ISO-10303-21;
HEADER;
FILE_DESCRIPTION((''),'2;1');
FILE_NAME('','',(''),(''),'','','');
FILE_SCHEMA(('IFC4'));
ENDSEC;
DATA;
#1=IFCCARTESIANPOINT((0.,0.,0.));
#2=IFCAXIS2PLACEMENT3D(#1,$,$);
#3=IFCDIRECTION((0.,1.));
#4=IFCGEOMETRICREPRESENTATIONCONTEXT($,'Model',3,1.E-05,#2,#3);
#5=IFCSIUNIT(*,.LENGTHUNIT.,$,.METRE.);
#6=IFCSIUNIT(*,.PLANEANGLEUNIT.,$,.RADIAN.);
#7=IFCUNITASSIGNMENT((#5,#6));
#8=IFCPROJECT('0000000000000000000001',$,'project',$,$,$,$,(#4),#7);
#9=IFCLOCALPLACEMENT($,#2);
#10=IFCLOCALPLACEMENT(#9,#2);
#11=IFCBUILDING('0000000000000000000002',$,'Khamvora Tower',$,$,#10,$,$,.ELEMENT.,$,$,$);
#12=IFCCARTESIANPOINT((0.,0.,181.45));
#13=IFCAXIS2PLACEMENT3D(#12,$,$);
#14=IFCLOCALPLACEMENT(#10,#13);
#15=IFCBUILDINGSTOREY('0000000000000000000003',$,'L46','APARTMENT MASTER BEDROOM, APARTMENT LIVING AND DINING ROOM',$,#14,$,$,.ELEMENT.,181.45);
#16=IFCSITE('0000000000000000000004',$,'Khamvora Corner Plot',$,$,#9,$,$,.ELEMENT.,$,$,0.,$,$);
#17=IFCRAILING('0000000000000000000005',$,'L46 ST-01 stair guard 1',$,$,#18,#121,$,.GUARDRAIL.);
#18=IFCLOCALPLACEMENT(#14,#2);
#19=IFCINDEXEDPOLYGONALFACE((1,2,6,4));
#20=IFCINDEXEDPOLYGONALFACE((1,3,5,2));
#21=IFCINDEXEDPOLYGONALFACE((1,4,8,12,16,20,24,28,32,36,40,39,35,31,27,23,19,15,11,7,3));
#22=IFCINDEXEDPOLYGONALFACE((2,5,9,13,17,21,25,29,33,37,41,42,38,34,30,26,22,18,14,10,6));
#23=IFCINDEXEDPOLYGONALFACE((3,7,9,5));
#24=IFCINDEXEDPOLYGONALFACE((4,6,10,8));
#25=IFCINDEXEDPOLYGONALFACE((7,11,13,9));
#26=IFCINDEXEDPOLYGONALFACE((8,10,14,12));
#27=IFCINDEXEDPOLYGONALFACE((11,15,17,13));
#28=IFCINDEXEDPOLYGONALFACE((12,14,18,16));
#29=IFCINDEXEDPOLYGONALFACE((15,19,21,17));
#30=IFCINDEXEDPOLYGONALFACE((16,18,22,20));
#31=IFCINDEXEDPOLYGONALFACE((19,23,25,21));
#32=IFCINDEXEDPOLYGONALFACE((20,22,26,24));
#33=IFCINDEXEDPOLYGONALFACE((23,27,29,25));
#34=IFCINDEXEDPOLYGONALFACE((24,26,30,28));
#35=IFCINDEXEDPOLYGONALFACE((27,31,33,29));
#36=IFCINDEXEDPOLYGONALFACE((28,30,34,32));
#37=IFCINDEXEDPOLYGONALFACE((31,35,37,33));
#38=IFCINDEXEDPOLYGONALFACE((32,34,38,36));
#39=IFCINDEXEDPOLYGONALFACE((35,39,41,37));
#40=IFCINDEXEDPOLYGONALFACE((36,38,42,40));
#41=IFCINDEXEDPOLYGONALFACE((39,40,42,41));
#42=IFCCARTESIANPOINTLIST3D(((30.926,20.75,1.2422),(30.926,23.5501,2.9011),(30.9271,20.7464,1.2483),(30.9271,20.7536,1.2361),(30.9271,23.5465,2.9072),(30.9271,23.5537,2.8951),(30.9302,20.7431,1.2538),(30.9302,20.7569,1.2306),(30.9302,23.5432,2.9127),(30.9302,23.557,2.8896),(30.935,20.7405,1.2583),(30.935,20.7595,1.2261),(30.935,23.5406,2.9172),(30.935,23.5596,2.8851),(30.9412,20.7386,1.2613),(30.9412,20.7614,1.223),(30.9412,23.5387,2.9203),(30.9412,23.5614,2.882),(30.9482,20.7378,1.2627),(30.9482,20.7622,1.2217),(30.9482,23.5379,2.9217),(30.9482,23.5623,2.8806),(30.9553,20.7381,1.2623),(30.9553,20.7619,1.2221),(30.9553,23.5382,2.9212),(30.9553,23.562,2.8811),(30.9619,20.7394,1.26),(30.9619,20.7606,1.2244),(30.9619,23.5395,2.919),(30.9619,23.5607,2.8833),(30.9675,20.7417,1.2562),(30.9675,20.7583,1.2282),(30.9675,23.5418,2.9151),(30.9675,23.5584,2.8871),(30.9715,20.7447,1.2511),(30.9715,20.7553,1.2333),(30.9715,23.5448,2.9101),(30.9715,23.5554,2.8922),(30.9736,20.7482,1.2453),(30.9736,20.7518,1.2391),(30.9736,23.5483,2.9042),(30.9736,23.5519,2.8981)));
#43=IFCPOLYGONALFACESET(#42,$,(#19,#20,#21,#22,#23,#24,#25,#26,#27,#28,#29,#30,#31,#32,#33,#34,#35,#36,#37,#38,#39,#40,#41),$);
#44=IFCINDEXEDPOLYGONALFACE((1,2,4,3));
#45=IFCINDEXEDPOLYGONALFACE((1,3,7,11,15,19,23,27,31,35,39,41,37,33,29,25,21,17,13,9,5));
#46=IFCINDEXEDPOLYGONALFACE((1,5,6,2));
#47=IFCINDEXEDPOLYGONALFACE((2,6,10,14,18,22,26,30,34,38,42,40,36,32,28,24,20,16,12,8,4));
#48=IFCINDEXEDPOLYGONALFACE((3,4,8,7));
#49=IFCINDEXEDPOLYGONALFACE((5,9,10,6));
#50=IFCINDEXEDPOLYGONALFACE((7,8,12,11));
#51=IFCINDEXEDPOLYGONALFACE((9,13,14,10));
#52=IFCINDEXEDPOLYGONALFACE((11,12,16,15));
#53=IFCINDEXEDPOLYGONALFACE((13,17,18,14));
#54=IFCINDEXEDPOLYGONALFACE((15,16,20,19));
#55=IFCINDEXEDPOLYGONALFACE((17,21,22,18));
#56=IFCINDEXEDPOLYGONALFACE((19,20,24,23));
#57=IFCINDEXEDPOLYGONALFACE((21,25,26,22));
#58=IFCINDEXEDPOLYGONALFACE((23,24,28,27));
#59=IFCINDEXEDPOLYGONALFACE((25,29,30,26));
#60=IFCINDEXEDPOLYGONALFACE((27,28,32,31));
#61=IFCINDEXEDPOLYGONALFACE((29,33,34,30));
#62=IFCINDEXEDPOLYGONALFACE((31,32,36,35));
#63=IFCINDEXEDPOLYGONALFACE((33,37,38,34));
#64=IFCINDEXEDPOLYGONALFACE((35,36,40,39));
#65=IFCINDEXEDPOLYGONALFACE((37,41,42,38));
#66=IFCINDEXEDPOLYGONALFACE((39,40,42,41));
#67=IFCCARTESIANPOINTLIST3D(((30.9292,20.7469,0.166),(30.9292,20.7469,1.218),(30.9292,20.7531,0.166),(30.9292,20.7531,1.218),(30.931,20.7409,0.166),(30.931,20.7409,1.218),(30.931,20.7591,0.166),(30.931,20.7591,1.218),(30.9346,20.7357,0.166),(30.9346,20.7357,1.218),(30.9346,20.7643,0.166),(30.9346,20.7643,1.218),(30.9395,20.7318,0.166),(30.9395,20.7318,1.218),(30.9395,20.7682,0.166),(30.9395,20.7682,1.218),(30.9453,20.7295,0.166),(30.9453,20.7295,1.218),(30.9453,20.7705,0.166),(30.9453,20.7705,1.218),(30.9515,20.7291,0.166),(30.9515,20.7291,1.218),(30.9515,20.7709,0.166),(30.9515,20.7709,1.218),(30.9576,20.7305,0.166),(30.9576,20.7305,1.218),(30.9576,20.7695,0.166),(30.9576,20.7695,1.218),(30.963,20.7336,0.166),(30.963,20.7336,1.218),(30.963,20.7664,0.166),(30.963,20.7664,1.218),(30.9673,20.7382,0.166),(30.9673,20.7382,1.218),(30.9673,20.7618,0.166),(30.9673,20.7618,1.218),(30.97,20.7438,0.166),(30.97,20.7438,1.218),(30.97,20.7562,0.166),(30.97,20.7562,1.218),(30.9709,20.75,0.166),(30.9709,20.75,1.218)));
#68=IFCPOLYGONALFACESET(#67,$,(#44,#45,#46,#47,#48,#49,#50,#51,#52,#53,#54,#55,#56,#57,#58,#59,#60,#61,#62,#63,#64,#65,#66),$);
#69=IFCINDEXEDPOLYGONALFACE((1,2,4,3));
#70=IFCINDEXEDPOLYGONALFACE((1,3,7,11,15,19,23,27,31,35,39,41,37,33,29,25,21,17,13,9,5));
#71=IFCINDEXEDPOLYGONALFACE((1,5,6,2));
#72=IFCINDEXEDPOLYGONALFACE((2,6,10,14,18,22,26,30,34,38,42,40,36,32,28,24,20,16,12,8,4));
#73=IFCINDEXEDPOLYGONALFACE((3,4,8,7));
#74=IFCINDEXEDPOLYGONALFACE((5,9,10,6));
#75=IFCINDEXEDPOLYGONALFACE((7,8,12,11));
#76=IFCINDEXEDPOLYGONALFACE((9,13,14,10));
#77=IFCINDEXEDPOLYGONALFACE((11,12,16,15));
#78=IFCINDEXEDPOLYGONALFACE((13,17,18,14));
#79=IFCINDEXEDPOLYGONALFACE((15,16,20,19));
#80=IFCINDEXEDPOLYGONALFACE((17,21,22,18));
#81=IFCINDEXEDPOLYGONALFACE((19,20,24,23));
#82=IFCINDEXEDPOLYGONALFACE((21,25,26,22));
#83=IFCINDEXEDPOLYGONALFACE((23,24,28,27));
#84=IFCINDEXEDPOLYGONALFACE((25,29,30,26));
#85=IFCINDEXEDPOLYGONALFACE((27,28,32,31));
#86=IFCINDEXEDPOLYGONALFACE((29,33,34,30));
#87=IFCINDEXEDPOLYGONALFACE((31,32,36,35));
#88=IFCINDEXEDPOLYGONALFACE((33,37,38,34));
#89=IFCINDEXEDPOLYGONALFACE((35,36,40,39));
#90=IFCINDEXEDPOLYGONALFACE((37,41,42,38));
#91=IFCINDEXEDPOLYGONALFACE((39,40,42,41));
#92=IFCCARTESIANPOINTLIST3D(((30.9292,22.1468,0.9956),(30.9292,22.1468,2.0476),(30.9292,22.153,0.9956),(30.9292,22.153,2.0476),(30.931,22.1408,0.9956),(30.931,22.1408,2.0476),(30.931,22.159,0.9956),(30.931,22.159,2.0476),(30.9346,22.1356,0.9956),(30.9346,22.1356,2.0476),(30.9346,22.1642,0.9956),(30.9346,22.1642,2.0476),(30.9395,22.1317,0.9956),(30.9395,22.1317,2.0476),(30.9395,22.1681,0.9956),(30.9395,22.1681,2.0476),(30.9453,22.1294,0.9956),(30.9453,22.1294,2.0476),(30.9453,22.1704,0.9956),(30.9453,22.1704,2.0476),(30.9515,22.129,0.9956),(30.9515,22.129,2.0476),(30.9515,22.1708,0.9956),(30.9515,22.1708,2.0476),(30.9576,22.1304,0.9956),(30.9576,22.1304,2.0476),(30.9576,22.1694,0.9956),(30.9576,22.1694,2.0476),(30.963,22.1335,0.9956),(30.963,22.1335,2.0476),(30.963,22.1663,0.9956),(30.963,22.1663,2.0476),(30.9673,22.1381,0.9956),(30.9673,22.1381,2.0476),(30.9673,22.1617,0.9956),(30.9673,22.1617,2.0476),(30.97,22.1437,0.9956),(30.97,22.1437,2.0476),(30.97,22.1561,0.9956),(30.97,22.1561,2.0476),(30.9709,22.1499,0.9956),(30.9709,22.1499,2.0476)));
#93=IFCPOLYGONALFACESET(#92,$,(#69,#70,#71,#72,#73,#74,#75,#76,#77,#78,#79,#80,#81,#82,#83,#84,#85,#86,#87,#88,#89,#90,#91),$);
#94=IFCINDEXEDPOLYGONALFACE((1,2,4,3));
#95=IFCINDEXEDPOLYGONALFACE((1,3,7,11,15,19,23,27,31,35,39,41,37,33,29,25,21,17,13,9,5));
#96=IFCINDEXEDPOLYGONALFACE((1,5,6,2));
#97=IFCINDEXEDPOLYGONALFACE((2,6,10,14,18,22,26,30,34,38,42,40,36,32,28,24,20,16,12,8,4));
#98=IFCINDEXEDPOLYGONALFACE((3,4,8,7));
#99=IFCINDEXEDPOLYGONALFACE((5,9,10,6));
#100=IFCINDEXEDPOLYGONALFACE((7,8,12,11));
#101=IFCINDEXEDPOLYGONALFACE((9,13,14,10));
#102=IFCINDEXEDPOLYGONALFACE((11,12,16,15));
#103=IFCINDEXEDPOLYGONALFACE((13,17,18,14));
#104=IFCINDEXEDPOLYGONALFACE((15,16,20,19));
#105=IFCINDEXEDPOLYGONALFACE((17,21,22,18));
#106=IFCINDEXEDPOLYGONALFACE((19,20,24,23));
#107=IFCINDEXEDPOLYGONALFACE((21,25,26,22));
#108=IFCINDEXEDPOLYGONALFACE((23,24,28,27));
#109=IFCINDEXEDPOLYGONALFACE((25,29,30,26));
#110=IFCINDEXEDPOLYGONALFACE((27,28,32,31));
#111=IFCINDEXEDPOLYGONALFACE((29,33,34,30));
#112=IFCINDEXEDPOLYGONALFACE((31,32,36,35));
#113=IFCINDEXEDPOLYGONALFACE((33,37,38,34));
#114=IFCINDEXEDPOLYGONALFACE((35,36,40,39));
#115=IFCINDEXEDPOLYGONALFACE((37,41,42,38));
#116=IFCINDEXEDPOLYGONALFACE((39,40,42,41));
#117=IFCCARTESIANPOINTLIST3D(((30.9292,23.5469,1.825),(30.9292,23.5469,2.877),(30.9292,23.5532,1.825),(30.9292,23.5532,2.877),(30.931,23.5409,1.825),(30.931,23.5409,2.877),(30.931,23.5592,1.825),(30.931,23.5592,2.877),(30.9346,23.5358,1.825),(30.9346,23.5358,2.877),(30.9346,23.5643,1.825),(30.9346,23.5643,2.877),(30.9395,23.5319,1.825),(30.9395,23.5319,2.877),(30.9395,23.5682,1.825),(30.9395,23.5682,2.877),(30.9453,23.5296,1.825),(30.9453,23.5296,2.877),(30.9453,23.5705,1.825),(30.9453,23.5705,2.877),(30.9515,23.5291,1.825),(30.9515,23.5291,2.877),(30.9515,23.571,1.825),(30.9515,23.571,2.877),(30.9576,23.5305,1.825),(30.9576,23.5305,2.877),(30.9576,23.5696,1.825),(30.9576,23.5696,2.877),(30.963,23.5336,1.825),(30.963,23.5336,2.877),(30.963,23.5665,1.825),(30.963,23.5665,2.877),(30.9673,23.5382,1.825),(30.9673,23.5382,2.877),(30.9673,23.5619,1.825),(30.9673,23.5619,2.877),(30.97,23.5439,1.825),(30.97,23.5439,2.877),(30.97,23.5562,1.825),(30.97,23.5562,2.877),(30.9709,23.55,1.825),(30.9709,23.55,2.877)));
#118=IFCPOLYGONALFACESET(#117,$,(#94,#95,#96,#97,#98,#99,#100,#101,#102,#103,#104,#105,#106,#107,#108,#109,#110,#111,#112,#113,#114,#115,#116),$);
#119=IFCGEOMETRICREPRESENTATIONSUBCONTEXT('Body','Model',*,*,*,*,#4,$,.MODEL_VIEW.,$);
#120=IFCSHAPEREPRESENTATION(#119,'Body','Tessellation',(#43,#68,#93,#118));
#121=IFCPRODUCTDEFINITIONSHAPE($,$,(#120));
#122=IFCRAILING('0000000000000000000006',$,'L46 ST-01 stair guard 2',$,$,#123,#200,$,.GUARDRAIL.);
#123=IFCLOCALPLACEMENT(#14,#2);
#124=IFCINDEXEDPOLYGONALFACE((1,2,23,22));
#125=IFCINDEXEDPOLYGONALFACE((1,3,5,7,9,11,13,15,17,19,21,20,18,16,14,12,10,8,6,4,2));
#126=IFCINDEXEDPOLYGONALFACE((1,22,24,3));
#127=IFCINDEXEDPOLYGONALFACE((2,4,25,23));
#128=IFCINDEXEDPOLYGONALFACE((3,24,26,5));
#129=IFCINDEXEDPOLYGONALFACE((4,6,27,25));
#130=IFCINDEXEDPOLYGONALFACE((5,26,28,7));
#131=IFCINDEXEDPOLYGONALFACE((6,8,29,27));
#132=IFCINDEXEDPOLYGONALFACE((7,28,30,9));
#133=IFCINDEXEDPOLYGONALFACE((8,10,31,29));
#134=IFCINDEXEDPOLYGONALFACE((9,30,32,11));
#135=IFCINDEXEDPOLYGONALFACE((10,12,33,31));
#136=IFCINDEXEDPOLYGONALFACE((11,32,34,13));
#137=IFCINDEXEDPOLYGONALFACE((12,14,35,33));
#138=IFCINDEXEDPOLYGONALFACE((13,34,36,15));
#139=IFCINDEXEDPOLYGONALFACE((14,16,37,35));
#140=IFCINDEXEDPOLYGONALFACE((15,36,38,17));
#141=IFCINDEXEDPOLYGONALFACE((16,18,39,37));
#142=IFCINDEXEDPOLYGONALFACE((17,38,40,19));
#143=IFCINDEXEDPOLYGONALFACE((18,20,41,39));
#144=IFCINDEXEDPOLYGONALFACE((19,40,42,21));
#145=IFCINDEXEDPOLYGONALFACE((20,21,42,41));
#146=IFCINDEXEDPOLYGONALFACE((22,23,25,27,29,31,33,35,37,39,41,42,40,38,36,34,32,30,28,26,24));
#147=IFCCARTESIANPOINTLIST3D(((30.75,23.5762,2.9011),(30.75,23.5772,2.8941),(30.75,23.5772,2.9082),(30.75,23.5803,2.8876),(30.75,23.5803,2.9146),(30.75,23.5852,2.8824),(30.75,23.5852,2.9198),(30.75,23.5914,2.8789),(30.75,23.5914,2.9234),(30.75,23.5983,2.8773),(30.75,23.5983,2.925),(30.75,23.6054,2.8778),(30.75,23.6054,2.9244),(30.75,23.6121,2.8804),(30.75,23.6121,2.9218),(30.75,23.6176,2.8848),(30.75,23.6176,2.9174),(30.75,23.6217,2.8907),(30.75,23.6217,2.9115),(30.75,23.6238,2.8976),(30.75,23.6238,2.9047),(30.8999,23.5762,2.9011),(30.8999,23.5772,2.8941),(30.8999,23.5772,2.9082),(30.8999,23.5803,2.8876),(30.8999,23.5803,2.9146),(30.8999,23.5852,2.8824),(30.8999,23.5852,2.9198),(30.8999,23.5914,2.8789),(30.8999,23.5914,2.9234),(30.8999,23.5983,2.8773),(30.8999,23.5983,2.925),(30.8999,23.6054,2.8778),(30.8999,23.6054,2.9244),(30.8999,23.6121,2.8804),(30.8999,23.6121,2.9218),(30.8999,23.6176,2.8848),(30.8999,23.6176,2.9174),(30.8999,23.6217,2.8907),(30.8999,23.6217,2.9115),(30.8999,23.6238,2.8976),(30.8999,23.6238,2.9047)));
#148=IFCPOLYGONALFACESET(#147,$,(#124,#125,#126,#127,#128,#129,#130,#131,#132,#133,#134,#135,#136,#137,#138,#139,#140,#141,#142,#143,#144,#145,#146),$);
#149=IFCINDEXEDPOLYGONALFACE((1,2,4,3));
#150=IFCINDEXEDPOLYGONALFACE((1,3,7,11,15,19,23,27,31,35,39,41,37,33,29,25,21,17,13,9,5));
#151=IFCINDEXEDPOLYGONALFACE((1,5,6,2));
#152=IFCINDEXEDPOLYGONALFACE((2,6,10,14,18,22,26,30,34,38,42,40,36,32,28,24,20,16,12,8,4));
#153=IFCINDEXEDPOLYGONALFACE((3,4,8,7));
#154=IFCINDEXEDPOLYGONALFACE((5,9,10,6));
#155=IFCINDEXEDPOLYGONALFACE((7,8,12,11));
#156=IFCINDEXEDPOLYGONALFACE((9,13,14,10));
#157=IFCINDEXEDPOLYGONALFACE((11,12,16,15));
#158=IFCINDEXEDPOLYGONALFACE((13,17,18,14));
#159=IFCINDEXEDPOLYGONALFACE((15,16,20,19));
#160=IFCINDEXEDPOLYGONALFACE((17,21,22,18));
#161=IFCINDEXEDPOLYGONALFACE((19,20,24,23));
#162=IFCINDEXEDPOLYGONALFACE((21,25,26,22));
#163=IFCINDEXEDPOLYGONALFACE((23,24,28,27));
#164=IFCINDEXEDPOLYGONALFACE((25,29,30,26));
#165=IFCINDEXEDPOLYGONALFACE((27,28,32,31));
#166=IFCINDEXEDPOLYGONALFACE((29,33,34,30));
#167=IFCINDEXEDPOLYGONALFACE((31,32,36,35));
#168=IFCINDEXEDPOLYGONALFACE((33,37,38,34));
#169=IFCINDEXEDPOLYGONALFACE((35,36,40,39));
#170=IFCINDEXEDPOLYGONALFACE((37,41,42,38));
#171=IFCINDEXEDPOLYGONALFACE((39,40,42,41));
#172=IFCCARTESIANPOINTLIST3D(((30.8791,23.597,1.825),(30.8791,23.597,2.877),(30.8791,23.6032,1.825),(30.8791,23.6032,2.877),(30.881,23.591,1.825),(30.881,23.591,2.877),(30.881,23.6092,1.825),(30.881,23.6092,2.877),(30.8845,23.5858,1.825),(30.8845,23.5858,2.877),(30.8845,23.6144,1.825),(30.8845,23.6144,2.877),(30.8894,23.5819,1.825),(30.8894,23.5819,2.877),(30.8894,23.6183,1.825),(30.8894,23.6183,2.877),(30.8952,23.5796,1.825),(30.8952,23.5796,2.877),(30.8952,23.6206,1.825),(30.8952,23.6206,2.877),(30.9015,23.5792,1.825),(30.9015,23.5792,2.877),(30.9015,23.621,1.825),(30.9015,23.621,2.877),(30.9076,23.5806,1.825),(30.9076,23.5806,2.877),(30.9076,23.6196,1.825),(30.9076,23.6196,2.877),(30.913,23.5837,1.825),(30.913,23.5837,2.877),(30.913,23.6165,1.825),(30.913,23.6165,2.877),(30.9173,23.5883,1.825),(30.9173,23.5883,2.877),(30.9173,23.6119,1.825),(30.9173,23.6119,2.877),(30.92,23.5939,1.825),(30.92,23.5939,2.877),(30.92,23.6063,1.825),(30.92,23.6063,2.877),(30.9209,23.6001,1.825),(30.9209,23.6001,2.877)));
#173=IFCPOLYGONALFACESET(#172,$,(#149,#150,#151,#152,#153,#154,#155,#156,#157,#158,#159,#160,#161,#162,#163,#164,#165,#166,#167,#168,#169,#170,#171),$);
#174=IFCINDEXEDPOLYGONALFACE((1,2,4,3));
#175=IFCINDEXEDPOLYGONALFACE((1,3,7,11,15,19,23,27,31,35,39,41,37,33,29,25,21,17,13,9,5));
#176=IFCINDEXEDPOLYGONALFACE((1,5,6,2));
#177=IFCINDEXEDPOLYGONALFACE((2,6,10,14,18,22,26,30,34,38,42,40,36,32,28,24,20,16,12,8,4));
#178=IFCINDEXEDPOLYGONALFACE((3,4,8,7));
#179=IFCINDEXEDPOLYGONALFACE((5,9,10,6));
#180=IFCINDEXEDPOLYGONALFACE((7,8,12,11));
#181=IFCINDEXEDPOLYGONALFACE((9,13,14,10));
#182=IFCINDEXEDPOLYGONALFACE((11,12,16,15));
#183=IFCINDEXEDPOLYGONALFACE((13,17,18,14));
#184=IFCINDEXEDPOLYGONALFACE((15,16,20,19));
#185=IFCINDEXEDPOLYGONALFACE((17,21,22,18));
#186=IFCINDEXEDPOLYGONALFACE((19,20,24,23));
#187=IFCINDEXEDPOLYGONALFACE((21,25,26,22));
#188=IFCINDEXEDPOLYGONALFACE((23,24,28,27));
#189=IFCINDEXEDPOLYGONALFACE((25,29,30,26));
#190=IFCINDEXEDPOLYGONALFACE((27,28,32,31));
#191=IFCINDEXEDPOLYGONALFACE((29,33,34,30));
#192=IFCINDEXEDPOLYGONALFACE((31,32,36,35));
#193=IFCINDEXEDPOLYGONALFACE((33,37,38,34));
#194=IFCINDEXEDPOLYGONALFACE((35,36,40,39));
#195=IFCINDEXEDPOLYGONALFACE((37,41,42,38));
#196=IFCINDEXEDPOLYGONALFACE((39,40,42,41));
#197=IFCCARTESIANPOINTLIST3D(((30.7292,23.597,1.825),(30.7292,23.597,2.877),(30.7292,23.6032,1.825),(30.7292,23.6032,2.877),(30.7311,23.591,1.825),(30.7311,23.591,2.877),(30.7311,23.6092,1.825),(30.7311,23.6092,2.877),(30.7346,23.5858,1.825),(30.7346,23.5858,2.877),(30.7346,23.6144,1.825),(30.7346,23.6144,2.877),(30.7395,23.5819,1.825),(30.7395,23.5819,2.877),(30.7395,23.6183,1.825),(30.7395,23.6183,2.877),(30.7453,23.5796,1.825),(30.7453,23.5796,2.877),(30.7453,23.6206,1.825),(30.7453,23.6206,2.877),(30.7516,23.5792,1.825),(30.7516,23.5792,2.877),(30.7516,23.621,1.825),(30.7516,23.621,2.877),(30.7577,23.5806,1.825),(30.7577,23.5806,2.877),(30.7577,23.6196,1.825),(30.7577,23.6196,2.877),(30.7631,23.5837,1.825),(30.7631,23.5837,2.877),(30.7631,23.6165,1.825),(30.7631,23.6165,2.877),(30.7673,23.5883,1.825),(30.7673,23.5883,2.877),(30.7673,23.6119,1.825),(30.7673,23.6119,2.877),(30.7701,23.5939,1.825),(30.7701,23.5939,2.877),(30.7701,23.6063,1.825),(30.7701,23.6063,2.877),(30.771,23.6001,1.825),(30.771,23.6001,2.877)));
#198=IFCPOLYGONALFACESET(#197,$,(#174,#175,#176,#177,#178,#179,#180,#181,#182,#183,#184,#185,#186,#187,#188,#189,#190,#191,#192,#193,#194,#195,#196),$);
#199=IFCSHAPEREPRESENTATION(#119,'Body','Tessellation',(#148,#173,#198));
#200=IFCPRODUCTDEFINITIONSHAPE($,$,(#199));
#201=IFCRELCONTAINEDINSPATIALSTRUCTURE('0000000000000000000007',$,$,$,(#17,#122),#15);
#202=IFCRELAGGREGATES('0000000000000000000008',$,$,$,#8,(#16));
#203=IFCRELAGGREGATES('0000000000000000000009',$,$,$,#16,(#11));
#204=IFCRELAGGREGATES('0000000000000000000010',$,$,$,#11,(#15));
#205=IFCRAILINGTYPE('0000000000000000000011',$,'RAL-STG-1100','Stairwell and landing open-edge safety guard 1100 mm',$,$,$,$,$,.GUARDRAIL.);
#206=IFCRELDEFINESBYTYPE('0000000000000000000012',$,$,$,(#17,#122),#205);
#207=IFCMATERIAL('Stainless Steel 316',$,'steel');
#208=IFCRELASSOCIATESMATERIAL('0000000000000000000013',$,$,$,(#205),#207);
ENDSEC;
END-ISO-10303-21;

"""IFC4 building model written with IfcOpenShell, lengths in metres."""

from ifc_helpers import new_model, si_unit, direction, frame, origin, origin_2d, place, context, subcontext, project, spatial, circle, extrude, material, type_object, element, save


model = new_model("IFC4")

# Units and contexts
model_context = context("Model", 3, precision=1e-05, world=origin(), true_north=direction((0.0, 1.0)))
body_context = subcontext(model_context, "Body", "Model", "MODEL_VIEW")
ifc_project = project(units=[si_unit("LENGTHUNIT", "METRE"), si_unit("PLANEANGLEUNIT", "RADIAN")], contexts=[model_context])

# Site, building, storey
site_placement = place(None, origin())
site = spatial("IfcSite", under=ifc_project, at=site_placement, Name="Khamvora Corner Plot", CompositionType="ELEMENT", RefElevation=0.0)
building_placement = place(site_placement, origin())
building = spatial("IfcBuilding", under=site, at=building_placement, Name="Khamvora Tower", CompositionType="ELEMENT")
storey_placement = place(building_placement, frame((0.0, 0.0, 181.45)))
storey = spatial("IfcBuildingStorey", under=building, at=storey_placement, Name="L46", Description="APARTMENT MASTER BEDROOM, APARTMENT LIVING AND DINING ROOM", CompositionType="ELEMENT", Elevation=181.45)

# Railings
ifc_material_1 = material(Name="Stainless Steel 316", Category="steel")
railing_type_1 = type_object("IfcRailingType", Name="RAL-STG-1100", Description="Stairwell and landing open-edge safety guard 1100 mm", PredefinedType="GUARDRAIL", material=ifc_material_1)
railing_1_placement = place(storey_placement, frame((30.95, 20.75, 0.166)))
element("IfcRailing", 1, at=railing_1_placement, inside=storey, type_object=railing_type_1, Name="L46 ST-01 stair guard 1", PredefinedType="GUARDRAIL", context=body_context, shape_type="SweptSolid", body=[
    extrude(circle(Radius=0.0239, at=origin_2d()), frame((0.0, 0.0, 1.0762), z_axis=(0.0, 0.860339, 0.509722), x_axis=(-1.0, 0.0, 0.0)), (0.0, 0.0, 1.0), 3.2546),
    extrude(circle(Radius=0.021, at=origin_2d()), origin(), (0.0, 0.0, 1.0), 1.052),
    extrude(circle(Radius=0.021, at=origin_2d()), frame((0.0, 1.3999, 0.8296)), (0.0, 0.0, 1.0), 1.052),
    extrude(circle(Radius=0.021, at=origin_2d()), frame((0.0, 2.8, 1.6589)), (0.0, 0.0, 1.0), 1.052),
])
railing_2_placement = place(storey_placement, frame((30.8999, 23.6001, 1.825)))
element("IfcRailing", 2, at=railing_2_placement, inside=storey, type_object=railing_type_1, Name="L46 ST-01 stair guard 2", PredefinedType="GUARDRAIL", context=body_context, shape_type="SweptSolid", body=[
    extrude(circle(Radius=0.0239, at=origin_2d()), frame((0.0, 0.0, 1.0762), z_axis=(-1.0, 0.0, 0.0), x_axis=(0.0, -1.0, 0.0)), (0.0, 0.0, 1.0), 0.1499),
    extrude(circle(Radius=0.021, at=origin_2d()), origin(), (0.0, 0.0, 1.0), 1.052),
    extrude(circle(Radius=0.021, at=origin_2d()), frame((-0.1499, 0.0, 0.0)), (0.0, 0.0, 1.0), 1.052),
])

save(model, "model.ifc")
